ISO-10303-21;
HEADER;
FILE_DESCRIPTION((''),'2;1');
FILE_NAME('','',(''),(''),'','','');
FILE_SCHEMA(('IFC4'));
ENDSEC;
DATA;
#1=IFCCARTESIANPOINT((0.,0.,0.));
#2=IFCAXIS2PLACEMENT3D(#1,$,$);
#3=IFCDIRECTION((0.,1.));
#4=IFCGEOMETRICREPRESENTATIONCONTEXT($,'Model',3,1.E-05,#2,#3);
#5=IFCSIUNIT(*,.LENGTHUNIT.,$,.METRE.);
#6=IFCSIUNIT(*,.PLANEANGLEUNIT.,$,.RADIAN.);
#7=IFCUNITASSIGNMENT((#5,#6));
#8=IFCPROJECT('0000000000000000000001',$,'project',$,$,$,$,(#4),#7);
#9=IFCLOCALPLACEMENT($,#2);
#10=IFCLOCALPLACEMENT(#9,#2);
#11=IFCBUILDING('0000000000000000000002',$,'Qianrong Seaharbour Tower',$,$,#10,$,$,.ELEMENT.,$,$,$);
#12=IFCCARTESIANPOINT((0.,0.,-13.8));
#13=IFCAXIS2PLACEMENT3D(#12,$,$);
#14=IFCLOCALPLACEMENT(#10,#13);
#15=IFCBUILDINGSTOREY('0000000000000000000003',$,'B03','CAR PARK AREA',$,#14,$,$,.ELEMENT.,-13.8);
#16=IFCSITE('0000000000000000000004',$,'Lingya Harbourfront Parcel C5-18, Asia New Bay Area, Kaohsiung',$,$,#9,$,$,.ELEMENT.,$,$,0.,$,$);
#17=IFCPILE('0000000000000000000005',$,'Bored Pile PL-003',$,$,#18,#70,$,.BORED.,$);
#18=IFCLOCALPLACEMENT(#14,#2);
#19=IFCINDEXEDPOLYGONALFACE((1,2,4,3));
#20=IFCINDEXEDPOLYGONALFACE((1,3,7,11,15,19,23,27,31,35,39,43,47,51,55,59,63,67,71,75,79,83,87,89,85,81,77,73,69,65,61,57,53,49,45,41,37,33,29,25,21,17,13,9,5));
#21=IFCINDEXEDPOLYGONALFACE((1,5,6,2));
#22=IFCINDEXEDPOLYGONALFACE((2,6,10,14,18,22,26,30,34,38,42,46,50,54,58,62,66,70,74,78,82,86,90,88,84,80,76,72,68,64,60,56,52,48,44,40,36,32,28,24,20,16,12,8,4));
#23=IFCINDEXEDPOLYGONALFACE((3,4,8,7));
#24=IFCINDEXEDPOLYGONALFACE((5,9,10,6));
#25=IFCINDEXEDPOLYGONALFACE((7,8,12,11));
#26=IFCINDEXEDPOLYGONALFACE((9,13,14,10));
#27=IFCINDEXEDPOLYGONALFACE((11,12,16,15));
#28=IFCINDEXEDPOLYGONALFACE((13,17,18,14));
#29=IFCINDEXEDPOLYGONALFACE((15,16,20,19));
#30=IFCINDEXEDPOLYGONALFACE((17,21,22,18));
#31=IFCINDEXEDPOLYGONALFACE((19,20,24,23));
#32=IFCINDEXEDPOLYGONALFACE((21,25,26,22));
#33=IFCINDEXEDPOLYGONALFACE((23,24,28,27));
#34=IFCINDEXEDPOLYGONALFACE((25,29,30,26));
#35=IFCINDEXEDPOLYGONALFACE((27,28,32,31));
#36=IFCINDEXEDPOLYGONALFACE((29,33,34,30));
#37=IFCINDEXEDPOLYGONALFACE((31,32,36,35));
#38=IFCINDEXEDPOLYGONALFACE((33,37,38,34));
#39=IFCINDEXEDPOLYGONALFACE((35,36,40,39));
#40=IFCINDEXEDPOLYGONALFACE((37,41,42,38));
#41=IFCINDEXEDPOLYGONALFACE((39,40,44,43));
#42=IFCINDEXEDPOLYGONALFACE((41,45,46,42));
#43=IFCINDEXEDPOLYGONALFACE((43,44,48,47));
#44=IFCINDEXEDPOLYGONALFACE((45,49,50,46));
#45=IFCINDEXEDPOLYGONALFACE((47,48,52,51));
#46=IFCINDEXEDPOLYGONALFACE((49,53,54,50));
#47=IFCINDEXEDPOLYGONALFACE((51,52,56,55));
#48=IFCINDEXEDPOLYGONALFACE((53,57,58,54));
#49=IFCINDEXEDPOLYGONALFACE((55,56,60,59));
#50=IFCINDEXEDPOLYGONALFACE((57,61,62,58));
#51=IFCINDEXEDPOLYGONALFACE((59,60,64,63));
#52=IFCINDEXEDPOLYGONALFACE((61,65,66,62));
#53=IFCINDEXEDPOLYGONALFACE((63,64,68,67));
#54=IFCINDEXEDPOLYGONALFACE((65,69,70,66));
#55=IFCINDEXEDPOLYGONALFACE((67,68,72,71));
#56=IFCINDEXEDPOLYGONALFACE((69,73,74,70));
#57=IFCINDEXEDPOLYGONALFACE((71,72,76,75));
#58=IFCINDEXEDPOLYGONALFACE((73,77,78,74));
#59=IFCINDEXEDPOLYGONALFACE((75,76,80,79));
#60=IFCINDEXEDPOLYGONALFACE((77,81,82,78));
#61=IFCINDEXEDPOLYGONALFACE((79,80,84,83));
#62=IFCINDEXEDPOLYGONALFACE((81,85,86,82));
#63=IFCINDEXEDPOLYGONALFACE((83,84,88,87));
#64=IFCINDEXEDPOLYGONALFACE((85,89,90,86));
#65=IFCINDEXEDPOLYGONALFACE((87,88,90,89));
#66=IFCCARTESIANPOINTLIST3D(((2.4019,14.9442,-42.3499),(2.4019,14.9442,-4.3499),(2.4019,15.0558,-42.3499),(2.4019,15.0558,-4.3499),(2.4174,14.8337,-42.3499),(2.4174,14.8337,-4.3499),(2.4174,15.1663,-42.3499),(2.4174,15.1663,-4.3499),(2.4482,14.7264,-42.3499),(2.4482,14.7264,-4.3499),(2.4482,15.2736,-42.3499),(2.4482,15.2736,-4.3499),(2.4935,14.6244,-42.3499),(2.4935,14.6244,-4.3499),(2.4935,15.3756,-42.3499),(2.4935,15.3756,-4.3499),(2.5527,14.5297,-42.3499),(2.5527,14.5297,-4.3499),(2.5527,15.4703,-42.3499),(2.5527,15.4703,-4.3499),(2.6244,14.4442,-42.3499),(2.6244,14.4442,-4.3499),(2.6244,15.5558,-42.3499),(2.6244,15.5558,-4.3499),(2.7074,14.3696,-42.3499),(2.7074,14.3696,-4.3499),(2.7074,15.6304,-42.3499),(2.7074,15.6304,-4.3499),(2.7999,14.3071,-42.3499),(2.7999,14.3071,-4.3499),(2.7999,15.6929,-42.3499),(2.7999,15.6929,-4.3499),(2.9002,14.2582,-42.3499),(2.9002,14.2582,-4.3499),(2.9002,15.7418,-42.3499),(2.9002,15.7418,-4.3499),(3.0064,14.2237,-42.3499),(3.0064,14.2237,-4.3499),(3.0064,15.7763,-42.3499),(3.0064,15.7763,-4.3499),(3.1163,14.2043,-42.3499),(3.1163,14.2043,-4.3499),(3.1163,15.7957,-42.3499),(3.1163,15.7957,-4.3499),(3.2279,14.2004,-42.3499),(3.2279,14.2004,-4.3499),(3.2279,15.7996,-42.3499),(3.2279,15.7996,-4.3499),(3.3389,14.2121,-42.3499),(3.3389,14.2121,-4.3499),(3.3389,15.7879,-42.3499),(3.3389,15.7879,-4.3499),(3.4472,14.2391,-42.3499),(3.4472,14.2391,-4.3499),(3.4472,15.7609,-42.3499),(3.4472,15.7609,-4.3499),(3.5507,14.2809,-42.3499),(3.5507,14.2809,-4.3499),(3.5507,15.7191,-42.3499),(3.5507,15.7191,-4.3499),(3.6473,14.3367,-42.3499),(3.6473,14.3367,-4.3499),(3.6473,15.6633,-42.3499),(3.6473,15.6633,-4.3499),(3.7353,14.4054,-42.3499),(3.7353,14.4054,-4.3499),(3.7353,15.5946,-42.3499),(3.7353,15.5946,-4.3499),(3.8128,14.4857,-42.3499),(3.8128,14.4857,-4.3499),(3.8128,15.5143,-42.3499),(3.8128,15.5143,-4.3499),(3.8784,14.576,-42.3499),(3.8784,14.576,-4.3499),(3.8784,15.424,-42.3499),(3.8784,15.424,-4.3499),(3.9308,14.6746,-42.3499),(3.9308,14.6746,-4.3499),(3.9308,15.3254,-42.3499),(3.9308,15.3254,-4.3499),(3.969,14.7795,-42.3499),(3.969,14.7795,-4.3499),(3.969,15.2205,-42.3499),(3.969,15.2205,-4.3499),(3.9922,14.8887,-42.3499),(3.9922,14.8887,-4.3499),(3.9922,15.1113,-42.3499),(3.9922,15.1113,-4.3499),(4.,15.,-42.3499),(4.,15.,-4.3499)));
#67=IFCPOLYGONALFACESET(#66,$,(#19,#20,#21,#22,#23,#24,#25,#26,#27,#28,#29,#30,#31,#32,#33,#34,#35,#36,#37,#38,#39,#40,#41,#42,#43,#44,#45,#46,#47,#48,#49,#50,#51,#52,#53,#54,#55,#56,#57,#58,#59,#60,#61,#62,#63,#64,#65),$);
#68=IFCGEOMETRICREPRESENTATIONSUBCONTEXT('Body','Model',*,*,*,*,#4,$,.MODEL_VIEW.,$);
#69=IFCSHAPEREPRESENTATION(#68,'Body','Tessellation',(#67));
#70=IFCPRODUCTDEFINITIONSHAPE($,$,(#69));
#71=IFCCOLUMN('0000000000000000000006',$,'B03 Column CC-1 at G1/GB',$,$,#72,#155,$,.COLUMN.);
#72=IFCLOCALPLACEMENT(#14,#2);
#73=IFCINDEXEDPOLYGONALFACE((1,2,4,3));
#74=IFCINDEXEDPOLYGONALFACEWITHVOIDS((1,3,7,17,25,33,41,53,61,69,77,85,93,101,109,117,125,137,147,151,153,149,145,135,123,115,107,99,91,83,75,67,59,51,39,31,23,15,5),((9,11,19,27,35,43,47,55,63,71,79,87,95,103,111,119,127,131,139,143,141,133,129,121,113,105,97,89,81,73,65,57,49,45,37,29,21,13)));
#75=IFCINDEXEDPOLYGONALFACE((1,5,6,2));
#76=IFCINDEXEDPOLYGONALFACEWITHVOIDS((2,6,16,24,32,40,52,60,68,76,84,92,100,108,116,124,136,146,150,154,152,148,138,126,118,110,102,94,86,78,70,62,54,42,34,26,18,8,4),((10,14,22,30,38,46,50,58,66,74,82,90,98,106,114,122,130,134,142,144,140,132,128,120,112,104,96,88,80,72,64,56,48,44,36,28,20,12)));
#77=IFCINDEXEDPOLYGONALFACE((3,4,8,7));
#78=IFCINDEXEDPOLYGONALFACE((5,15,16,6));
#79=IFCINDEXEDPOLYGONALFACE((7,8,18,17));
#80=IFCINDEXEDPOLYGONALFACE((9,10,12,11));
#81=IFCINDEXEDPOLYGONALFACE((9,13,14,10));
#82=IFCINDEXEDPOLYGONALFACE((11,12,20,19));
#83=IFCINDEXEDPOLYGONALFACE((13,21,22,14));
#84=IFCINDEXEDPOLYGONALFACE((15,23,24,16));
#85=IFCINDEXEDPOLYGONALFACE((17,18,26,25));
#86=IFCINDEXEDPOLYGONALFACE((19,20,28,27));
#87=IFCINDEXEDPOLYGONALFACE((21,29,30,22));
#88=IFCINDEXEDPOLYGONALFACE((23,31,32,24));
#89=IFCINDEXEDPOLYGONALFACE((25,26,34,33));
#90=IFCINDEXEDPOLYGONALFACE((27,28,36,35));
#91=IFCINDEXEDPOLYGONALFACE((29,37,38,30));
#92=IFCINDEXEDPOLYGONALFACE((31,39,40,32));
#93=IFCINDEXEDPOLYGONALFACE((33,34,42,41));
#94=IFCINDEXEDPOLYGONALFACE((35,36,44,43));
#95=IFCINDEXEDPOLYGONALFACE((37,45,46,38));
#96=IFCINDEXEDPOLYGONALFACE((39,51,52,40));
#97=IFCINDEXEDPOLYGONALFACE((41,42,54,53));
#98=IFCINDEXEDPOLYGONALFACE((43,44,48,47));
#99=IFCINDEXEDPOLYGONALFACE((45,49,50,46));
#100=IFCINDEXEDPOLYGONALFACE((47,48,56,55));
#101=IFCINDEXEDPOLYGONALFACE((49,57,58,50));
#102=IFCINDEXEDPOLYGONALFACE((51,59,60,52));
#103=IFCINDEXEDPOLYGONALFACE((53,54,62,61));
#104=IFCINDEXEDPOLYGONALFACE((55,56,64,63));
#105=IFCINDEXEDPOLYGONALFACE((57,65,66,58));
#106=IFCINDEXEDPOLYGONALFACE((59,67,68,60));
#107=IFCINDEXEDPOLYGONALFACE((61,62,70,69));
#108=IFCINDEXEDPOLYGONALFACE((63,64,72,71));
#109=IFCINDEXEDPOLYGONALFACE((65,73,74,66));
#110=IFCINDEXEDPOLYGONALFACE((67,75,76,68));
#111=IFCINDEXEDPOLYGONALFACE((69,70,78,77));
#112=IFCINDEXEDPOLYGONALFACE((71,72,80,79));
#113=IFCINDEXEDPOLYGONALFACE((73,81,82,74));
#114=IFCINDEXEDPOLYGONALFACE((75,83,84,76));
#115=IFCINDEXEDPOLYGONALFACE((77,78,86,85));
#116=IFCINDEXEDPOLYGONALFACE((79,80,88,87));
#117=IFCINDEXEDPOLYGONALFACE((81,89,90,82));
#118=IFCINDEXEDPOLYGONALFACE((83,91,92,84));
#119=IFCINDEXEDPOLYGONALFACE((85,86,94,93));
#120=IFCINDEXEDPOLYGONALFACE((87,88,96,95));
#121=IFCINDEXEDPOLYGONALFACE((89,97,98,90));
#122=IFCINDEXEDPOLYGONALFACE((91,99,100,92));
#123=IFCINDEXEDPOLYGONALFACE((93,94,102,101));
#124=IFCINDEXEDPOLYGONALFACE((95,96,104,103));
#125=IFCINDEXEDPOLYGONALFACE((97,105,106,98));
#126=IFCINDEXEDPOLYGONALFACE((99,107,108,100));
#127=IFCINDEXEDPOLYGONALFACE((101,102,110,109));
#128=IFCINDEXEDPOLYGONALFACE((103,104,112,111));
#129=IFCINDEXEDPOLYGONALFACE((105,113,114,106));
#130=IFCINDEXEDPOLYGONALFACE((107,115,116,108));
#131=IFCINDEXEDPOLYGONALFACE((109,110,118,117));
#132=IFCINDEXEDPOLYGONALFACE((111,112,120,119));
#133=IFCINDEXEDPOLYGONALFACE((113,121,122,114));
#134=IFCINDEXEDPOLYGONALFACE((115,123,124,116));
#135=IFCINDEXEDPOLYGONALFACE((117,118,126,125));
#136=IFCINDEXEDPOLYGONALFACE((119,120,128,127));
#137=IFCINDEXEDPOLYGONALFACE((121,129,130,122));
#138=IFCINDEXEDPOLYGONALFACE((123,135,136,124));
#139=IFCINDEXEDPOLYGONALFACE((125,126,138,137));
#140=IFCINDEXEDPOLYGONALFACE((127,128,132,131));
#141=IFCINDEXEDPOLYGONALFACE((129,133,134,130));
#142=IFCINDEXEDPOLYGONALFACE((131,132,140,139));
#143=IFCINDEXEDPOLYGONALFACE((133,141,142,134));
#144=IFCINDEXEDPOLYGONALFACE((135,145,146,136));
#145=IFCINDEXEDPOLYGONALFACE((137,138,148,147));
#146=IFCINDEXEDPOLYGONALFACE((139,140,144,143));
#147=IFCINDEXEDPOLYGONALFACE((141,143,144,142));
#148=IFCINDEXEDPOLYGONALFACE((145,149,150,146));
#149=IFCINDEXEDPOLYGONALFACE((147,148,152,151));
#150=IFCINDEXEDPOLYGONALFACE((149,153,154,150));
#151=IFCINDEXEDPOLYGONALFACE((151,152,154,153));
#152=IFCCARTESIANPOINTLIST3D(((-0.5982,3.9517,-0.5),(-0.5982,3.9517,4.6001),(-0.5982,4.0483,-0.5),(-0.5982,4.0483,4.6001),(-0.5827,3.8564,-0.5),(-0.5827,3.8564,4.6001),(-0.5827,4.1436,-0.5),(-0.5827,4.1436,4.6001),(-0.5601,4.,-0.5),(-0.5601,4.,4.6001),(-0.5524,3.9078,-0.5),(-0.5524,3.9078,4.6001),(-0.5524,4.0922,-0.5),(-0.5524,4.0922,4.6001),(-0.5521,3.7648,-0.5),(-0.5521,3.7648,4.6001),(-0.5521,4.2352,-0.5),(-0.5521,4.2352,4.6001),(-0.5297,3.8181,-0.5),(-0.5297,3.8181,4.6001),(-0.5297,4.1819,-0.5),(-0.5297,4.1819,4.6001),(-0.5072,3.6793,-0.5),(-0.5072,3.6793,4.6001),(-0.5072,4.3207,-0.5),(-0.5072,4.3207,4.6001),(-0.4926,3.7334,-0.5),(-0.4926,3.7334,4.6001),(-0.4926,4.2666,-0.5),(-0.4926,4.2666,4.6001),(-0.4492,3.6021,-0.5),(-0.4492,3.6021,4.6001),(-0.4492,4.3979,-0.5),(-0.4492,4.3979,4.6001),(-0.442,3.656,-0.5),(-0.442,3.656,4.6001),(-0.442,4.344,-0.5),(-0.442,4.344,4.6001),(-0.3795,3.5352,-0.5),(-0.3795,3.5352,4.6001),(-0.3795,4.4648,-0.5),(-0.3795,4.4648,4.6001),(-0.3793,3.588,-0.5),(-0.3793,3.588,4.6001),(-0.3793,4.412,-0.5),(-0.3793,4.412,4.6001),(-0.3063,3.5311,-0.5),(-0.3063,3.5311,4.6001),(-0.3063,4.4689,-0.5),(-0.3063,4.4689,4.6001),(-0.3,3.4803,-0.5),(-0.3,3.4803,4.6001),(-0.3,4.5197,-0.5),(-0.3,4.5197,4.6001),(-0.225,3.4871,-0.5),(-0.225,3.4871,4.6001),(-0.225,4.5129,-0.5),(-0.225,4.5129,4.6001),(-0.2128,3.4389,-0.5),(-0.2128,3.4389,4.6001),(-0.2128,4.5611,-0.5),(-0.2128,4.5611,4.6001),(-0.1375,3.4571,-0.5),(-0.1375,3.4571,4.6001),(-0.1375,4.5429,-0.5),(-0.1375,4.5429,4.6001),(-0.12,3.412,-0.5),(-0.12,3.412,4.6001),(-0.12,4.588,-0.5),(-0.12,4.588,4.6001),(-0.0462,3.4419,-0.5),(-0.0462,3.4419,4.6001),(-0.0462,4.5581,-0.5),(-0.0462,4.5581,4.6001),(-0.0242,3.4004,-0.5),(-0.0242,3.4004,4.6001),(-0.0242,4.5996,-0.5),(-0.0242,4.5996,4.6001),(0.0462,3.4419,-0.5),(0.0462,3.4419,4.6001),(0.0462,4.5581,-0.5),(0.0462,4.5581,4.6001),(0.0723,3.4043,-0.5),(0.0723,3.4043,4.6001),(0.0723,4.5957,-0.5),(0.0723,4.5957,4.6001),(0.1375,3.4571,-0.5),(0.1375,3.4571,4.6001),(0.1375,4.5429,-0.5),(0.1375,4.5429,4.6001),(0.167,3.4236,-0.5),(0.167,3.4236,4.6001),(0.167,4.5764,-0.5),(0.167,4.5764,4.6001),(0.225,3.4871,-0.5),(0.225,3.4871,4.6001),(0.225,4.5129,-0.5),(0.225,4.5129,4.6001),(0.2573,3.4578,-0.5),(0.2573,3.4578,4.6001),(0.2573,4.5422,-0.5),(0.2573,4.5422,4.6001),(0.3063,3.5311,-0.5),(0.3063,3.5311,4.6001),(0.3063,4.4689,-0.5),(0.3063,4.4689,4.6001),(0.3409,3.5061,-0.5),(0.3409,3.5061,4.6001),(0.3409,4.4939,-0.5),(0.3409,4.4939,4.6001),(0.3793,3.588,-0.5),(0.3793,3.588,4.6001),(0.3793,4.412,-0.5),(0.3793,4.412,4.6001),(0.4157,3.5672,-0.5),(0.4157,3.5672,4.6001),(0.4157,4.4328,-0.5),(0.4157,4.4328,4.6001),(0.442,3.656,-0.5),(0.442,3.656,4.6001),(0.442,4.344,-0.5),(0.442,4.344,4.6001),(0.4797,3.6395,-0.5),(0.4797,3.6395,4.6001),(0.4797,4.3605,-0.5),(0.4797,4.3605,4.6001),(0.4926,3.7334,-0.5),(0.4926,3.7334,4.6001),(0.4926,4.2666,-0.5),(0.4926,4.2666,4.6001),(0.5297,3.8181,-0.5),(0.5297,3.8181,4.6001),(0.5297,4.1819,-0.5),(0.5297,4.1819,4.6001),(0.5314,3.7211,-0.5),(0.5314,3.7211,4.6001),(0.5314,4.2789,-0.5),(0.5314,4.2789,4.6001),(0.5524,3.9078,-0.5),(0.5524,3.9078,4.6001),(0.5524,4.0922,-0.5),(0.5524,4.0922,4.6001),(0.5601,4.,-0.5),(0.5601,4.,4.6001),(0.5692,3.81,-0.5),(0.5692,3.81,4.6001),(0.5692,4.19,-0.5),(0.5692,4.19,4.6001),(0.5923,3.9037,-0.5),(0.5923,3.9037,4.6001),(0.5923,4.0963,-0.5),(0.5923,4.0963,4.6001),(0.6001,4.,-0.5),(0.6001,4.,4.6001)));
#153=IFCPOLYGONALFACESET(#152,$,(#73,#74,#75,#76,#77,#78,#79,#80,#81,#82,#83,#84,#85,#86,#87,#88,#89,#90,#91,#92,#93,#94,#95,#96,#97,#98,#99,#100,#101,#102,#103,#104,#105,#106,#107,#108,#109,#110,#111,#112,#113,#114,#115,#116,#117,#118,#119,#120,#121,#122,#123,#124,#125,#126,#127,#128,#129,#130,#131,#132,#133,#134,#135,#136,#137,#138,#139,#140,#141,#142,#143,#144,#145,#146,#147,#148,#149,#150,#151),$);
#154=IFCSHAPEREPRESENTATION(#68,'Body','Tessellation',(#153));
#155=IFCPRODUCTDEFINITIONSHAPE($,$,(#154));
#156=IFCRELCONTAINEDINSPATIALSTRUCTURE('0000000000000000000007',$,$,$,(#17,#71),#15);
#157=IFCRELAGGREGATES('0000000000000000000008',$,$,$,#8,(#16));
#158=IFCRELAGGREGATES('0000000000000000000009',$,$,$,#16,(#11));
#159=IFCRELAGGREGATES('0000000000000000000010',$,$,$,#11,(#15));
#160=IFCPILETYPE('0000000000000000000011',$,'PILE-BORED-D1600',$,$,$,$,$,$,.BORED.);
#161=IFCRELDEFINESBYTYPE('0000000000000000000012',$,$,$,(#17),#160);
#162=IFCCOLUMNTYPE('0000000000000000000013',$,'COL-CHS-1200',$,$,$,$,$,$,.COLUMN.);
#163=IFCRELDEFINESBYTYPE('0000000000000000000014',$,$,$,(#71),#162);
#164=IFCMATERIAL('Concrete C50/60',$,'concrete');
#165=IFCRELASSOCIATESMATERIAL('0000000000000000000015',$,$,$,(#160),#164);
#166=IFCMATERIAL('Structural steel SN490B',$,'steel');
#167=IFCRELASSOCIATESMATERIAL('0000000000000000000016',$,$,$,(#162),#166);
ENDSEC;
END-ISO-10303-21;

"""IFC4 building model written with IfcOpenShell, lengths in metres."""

from ifc_helpers import new_model, si_unit, direction, frame, origin, origin_2d, place, context, subcontext, project, spatial, circle, hollow_circle, extrude, material, material_profile, profile_set, type_object, element, save


model = new_model("IFC4")

# Units and contexts
model_context = context("Model", 3, precision=1e-05, world=origin(), true_north=direction((0.0, 1.0)))
body_context = subcontext(model_context, "Body", "Model", "MODEL_VIEW")
ifc_project = project(units=[si_unit("LENGTHUNIT", "METRE"), si_unit("PLANEANGLEUNIT", "RADIAN")], contexts=[model_context])

# Site, building, storey
site_placement = place(None, origin())
site = spatial("IfcSite", under=ifc_project, at=site_placement, Name="Lingya Harbourfront Parcel C5-18, Asia New Bay Area, Kaohsiung", CompositionType="ELEMENT", RefElevation=0.0)
building_placement = place(site_placement, origin())
building = spatial("IfcBuilding", under=site, at=building_placement, Name="Qianrong Seaharbour Tower", CompositionType="ELEMENT")
storey_placement = place(building_placement, frame((0.0, 0.0, -13.8)))
storey = spatial("IfcBuildingStorey", under=building, at=storey_placement, Name="B03", Description="CAR PARK AREA", CompositionType="ELEMENT", Elevation=-13.8)

# Shared definitions
ifc_material_1 = material(Name="Concrete C50/60", Category="concrete")

# Pile
ifc_material_profile_1 = material_profile(ifc_material_1, circle(Radius=0.8, at=origin_2d()), Name="PILE-D1600")
ifc_profile_set_1 = profile_set([ifc_material_profile_1], Name="Concrete C50/60")
pile_type = type_object("IfcPileType", Name="PILE-BORED-D1600", PredefinedType="BORED", material=ifc_profile_set_1)
for number, where, z_axis, x_axis, name in (
    (1, (3.2, 15.0, -4.3499), (0.0, 0.0, -1.0), (1.0, 0.0, 0.0), "Bored Pile PL-003"),
):
    element("IfcPile", number, at=place(storey_placement, frame(where, z_axis=z_axis, x_axis=x_axis)), inside=storey, type_object=pile_type, Name=name, PredefinedType="BORED", context=body_context, shape_type="SweptSolid", body=[
        extrude(circle(Radius=0.8, at=origin_2d()), origin(), (0.0, 0.0, 1.0), 38.0),
    ])

# Column
ifc_material_2 = material(Name="Structural steel SN490B", Category="steel")
ifc_material_profile_2 = material_profile(ifc_material_2, hollow_circle(Radius=0.6001, WallThickness=0.04, at=origin_2d()), Name="CHS1200x40")
ifc_profile_set_2 = profile_set([ifc_material_profile_2], Name="Structural steel SN490B")
column_type = type_object("IfcColumnType", Name="COL-CHS-1200", PredefinedType="COLUMN", material=ifc_profile_set_2)
for number, where, z_axis, x_axis, name in (
    (2, (0.0, 4.0, -0.5), (0.0, 0.0, 1.0), (1.0, 0.0, 0.0), "B03 Column CC-1 at G1/GB"),
):
    element("IfcColumn", number, at=place(storey_placement, frame(where, z_axis=z_axis, x_axis=x_axis)), inside=storey, type_object=column_type, Name=name, PredefinedType="COLUMN", context=body_context, shape_type="SweptSolid", body=[
        extrude(hollow_circle(Radius=0.6001, WallThickness=0.04, at=origin_2d()), origin(), (0.0, 0.0, 1.0), 5.1001),
    ])

save(model, "model.ifc")
